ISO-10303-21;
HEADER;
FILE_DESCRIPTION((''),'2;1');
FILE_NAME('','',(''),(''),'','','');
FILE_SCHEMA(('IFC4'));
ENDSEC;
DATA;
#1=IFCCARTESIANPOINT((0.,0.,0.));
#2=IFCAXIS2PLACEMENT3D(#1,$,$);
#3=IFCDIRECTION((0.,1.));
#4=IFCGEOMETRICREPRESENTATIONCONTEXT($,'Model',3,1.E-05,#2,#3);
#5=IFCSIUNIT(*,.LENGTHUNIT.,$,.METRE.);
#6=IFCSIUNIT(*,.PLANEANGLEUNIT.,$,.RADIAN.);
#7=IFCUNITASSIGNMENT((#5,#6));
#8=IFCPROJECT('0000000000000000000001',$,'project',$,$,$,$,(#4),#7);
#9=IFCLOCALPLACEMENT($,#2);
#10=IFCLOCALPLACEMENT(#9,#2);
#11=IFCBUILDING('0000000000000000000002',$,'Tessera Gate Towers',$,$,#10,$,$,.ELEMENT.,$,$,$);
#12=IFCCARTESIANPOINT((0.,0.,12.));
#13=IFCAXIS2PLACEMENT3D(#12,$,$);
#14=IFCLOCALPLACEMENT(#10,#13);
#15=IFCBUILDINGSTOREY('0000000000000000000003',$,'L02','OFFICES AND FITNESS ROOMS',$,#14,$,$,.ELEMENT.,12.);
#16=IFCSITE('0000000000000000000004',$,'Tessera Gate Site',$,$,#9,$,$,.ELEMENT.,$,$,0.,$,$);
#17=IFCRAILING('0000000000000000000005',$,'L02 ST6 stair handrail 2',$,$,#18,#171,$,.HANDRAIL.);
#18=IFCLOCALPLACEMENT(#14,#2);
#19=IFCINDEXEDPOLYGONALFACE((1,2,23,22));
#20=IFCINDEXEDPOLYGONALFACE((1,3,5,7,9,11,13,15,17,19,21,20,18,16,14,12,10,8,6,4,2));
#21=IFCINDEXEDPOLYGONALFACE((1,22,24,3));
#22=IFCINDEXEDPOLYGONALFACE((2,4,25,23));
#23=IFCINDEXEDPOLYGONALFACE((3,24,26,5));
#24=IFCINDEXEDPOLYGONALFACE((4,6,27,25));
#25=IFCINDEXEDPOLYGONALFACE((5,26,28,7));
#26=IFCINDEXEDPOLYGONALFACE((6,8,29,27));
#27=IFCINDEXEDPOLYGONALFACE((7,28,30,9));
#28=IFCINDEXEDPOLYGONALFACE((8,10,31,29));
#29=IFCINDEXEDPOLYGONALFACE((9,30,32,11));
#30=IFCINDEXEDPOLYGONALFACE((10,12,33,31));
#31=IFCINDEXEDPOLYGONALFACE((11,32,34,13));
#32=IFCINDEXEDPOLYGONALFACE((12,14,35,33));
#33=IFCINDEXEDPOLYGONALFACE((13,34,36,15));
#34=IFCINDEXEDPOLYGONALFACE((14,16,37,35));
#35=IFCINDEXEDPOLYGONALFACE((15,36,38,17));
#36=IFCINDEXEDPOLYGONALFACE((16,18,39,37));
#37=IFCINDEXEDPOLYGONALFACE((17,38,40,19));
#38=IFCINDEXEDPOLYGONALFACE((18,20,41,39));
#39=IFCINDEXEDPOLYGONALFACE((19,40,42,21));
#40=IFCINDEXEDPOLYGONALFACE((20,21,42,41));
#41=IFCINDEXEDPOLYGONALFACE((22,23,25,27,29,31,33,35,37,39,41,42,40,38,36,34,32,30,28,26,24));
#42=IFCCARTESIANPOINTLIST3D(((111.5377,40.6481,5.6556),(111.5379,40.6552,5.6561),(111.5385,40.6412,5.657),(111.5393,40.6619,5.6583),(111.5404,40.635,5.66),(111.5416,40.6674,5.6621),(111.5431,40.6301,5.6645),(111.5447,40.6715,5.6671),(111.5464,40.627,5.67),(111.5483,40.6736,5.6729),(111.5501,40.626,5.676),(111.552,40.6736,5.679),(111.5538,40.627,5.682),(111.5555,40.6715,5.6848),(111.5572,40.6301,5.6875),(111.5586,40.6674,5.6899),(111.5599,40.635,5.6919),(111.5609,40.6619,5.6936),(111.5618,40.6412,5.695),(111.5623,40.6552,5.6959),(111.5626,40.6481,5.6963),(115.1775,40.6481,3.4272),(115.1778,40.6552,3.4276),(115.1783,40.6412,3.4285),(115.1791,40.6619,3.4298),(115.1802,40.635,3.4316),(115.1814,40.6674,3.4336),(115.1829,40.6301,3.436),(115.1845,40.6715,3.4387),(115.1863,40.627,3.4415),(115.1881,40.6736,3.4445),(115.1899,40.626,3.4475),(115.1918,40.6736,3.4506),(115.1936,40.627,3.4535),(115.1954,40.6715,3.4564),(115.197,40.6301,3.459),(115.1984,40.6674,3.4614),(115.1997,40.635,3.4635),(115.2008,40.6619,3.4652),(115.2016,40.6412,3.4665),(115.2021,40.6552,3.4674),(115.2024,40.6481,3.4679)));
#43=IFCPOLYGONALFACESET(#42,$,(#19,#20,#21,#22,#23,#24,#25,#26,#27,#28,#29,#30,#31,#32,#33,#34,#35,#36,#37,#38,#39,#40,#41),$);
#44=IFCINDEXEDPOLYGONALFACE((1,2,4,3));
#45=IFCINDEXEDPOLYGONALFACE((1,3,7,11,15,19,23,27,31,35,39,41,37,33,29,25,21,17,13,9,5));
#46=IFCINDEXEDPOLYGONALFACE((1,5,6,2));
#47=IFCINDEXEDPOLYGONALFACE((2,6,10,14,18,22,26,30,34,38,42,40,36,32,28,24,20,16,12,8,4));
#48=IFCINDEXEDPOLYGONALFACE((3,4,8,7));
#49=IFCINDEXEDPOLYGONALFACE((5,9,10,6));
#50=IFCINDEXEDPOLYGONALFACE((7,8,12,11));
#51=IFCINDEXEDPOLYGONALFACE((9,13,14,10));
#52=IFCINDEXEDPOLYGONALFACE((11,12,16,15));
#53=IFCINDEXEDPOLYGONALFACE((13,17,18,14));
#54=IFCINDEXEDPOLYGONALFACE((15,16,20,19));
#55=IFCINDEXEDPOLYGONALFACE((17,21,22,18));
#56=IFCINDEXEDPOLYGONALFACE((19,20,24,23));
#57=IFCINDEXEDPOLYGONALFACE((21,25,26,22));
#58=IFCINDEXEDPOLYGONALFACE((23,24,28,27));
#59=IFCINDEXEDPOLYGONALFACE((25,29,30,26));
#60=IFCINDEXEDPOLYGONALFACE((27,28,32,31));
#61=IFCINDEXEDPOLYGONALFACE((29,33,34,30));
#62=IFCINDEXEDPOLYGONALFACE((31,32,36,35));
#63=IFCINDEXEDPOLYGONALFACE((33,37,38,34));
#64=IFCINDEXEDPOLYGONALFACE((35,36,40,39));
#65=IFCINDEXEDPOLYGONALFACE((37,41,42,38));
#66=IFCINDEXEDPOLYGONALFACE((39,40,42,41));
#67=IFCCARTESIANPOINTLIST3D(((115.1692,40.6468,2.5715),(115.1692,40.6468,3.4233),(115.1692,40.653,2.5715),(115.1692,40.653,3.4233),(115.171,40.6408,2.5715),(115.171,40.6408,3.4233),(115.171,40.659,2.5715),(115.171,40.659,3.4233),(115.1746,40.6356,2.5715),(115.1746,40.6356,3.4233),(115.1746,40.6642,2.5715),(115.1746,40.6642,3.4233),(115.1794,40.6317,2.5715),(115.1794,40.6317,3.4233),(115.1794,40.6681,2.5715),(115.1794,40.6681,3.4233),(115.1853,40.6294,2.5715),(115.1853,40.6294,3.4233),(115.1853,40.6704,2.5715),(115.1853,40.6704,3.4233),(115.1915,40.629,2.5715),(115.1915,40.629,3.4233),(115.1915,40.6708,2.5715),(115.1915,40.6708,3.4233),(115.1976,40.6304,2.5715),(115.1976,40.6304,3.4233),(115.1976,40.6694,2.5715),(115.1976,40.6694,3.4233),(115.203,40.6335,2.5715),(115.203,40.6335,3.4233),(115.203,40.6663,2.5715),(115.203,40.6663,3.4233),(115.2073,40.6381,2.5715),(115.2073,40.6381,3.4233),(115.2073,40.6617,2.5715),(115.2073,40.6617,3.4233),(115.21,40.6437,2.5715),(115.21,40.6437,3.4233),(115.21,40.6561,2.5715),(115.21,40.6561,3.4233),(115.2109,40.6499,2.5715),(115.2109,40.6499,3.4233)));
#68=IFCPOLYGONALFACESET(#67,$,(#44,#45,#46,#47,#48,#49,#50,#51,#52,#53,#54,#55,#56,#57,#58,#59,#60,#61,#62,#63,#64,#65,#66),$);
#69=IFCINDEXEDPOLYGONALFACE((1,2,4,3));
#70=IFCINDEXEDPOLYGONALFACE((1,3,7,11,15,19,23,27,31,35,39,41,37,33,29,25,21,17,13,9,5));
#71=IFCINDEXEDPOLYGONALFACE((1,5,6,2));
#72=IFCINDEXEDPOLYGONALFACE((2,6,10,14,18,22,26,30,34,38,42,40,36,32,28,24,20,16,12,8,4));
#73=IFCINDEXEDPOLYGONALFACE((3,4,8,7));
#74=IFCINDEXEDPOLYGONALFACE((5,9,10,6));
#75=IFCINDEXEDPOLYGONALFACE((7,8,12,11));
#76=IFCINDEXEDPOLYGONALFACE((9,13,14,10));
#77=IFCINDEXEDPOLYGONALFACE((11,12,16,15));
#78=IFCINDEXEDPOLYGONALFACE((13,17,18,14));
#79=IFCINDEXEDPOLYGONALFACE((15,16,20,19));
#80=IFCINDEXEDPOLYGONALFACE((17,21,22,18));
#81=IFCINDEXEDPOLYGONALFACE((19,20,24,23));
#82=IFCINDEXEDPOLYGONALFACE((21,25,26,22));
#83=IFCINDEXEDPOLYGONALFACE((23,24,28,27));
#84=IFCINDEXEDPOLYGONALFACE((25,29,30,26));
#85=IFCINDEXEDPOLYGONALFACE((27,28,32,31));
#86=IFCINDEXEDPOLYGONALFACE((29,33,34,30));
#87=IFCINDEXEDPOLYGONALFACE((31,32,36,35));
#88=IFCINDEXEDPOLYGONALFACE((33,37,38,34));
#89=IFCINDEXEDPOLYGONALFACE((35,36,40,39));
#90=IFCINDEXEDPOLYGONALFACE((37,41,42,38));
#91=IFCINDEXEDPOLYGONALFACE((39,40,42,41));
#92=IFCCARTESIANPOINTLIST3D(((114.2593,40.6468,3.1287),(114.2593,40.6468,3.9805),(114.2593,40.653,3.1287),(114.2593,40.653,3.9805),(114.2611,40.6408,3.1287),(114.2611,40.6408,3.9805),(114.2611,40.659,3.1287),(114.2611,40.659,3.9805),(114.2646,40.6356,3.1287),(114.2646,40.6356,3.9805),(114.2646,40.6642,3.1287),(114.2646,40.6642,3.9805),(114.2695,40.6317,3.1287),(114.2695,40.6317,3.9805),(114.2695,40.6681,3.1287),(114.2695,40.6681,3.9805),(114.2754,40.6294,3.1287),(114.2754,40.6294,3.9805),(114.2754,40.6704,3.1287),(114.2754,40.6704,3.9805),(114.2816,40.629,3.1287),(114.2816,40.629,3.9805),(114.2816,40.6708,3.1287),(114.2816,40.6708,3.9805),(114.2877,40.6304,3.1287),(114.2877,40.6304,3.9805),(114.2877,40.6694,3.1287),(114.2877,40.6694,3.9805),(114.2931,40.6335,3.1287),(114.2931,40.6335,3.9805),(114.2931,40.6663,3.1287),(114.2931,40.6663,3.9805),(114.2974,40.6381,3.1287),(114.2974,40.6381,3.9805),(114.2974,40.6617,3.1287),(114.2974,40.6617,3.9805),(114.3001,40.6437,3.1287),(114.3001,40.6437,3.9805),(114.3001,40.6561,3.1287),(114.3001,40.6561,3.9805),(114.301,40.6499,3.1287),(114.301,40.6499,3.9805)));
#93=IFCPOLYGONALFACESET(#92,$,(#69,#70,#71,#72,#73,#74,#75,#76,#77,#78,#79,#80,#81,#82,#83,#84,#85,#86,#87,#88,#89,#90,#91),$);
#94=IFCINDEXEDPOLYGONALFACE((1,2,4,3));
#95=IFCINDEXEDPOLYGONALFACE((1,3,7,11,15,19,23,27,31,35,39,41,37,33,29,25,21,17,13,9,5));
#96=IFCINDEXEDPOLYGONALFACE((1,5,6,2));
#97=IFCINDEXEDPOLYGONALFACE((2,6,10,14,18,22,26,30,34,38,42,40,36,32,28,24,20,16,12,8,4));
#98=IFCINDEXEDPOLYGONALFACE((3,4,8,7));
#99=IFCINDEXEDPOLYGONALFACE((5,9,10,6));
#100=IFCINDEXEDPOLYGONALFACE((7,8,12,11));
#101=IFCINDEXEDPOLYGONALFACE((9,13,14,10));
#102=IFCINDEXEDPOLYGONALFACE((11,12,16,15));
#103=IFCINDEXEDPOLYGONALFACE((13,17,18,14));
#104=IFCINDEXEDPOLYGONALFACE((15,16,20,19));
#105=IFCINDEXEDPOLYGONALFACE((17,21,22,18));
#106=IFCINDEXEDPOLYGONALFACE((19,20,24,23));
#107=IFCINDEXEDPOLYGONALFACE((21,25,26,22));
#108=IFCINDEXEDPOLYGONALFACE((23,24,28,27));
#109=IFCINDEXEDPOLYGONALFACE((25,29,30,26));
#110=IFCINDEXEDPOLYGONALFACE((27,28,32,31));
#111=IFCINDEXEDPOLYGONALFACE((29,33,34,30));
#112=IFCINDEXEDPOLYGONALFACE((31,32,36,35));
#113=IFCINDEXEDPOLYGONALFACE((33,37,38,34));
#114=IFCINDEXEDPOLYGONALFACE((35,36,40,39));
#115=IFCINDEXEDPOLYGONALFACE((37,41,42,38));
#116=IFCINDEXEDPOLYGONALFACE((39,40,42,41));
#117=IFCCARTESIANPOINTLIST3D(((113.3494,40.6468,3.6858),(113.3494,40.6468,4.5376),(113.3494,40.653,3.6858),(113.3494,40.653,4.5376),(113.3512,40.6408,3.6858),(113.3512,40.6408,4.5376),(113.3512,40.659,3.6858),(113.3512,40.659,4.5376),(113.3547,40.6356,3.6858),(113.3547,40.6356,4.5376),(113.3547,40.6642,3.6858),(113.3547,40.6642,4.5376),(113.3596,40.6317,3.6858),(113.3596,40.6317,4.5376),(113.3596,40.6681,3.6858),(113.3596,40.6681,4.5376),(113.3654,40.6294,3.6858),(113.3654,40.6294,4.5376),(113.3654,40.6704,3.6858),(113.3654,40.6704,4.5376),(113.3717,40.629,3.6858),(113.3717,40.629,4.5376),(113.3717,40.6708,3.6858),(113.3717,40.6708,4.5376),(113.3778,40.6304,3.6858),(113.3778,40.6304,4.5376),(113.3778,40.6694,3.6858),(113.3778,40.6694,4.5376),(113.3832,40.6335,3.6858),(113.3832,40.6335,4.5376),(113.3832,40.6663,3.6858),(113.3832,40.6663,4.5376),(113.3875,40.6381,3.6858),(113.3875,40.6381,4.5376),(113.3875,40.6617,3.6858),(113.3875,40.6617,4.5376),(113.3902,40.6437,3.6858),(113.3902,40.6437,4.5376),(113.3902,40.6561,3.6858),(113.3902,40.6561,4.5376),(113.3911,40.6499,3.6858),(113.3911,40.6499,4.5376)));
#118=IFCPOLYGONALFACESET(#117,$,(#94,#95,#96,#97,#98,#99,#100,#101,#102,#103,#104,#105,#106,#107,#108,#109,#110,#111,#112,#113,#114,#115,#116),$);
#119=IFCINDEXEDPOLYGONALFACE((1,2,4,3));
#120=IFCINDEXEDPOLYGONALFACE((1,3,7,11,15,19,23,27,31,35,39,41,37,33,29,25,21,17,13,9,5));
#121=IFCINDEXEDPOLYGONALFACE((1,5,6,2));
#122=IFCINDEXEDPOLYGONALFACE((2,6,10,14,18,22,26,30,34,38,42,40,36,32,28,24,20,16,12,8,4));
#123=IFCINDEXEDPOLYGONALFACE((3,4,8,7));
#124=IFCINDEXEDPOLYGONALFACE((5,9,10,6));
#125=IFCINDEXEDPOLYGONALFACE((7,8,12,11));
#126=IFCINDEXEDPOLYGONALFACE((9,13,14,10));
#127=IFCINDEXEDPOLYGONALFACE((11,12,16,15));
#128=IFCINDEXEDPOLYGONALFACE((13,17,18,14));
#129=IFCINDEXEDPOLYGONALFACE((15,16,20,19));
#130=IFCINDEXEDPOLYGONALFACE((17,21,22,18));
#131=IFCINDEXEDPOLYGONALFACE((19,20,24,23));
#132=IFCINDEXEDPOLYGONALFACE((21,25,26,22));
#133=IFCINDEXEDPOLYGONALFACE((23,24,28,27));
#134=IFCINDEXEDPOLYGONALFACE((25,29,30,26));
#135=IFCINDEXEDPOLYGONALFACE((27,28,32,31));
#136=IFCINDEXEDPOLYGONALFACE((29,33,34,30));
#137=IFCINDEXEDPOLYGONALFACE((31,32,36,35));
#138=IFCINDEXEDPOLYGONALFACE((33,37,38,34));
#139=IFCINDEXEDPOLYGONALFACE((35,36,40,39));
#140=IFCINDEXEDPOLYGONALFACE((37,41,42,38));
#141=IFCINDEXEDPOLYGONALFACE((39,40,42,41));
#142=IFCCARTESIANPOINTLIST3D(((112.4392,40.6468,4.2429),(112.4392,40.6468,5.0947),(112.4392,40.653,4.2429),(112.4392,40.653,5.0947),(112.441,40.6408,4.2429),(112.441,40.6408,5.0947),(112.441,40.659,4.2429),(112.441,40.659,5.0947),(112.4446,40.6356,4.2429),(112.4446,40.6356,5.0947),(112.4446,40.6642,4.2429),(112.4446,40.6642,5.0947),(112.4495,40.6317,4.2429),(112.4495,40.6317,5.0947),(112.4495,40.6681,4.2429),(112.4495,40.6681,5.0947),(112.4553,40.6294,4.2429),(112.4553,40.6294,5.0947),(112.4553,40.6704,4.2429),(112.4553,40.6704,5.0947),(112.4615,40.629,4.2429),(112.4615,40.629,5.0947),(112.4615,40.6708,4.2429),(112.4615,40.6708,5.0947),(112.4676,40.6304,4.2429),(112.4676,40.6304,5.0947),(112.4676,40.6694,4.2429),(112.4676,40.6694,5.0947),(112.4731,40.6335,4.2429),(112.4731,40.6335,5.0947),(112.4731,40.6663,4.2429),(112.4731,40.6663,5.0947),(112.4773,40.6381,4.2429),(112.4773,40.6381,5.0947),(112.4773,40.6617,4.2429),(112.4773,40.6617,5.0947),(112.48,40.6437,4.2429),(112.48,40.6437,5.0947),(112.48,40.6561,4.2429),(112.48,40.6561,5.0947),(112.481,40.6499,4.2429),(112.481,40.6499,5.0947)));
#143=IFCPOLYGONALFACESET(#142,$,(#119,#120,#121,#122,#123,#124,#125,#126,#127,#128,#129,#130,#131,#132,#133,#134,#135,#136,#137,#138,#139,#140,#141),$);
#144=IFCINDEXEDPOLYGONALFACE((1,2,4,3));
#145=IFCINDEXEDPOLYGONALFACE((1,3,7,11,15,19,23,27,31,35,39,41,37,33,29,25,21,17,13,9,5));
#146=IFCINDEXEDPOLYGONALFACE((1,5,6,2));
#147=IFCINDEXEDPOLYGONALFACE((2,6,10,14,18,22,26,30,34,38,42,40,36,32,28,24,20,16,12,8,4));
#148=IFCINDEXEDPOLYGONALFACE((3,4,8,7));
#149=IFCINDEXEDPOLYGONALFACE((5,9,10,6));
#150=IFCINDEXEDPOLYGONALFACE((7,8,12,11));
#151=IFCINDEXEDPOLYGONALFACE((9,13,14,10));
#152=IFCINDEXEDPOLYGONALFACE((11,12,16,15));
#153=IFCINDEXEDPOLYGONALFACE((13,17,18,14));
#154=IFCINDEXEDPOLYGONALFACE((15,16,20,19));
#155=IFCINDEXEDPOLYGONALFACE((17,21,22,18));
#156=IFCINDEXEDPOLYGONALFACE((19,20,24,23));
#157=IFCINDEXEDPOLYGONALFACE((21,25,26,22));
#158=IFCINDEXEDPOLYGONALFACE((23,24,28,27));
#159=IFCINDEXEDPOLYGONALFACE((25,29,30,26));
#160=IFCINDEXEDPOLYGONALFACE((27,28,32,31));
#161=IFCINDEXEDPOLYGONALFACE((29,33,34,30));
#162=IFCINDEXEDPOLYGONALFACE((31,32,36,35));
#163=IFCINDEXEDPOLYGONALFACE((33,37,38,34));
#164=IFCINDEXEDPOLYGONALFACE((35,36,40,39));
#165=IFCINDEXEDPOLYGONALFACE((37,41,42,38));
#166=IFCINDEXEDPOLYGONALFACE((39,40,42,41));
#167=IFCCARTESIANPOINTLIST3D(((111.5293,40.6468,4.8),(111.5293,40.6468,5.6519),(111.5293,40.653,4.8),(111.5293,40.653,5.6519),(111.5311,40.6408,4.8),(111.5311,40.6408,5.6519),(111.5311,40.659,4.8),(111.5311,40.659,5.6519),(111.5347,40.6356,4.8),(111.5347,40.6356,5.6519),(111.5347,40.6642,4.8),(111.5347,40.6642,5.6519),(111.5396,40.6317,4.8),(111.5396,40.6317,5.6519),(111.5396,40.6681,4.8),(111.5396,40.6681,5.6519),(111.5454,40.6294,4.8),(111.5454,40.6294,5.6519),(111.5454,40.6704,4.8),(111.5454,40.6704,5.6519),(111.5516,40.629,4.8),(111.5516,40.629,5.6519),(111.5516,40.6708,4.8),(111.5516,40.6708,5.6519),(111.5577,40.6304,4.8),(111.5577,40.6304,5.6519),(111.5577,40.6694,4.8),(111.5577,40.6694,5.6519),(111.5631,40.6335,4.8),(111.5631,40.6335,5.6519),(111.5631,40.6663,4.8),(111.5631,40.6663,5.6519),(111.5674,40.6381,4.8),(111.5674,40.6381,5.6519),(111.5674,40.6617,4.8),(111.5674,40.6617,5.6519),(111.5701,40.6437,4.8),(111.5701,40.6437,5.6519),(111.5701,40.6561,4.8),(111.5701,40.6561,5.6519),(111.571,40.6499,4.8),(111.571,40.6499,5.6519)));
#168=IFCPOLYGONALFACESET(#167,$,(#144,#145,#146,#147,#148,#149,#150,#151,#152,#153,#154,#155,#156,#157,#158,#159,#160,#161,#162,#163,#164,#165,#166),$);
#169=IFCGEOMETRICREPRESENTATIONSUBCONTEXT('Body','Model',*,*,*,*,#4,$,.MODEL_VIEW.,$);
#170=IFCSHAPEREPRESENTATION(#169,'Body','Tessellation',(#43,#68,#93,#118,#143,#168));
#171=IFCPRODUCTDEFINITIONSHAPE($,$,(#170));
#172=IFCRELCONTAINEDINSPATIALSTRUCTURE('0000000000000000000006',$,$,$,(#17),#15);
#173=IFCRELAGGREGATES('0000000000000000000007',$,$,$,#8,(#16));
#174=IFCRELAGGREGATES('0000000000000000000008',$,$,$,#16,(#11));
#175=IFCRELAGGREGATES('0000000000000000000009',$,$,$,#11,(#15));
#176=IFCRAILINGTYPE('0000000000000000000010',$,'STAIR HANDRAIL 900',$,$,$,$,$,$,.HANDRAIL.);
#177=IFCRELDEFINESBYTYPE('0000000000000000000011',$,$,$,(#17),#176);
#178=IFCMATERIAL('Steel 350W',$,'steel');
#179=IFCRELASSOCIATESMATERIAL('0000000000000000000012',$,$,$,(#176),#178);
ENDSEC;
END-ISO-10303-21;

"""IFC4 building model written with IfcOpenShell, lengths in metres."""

from ifc_helpers import new_model, si_unit, direction, frame, origin, origin_2d, place, context, subcontext, project, spatial, circle, extrude, material, type_object, element, save


model = new_model("IFC4")

# Units and contexts
model_context = context("Model", 3, precision=1e-05, world=origin(), true_north=direction((0.0, 1.0)))
body_context = subcontext(model_context, "Body", "Model", "MODEL_VIEW")
ifc_project = project(units=[si_unit("LENGTHUNIT", "METRE"), si_unit("PLANEANGLEUNIT", "RADIAN")], contexts=[model_context])

# Site, building, storey
site_placement = place(None, origin())
site = spatial("IfcSite", under=ifc_project, at=site_placement, Name="Tessera Gate Site", CompositionType="ELEMENT", RefElevation=0.0)
building_placement = place(site_placement, origin())
building = spatial("IfcBuilding", under=site, at=building_placement, Name="Tessera Gate Towers", CompositionType="ELEMENT")
storey_placement = place(building_placement, frame((0.0, 0.0, 12.0)))
storey = spatial("IfcBuildingStorey", under=building, at=storey_placement, Name="L02", Description="OFFICES AND FITNESS ROOMS", CompositionType="ELEMENT", Elevation=12.0)

# Railing
ifc_material_1 = material(Name="Steel 350W", Category="steel")
railing_type_1 = type_object("IfcRailingType", Name="STAIR HANDRAIL 900", PredefinedType="HANDRAIL", material=ifc_material_1)
railing_1_placement = place(storey_placement, frame((115.1899, 40.6499, 2.5715)))
element("IfcRailing", 1, at=railing_1_placement, inside=storey, type_object=railing_type_1, Name="L02 ST6 stair handrail 2", PredefinedType="HANDRAIL", context=body_context, shape_type="SweptSolid", body=[
    extrude(circle(Radius=0.0239, at=origin_2d()), frame((0.0, 0.0, 0.876), z_axis=(-0.85285, 0.0, 0.522156), x_axis=(0.0, -1.0, 0.0)), (0.0, 0.0, 1.0), 4.2678),
    extrude(circle(Radius=0.021, at=origin_2d()), origin(), (0.0, 0.0, 1.0), 0.8518),
    extrude(circle(Radius=0.021, at=origin_2d()), frame((-0.9099, 0.0, 0.5571)), (0.0, 0.0, 1.0), 0.8518),
    extrude(circle(Radius=0.021, at=origin_2d()), frame((-1.8198, 0.0, 1.1143)), (0.0, 0.0, 1.0), 0.8518),
    extrude(circle(Radius=0.021, at=origin_2d()), frame((-2.73, 0.0, 1.6714)), (0.0, 0.0, 1.0), 0.8518),
    extrude(circle(Radius=0.021, at=origin_2d()), frame((-3.6399, 0.0, 2.2285)), (0.0, 0.0, 1.0), 0.8518),
])

save(model, "model.ifc")
